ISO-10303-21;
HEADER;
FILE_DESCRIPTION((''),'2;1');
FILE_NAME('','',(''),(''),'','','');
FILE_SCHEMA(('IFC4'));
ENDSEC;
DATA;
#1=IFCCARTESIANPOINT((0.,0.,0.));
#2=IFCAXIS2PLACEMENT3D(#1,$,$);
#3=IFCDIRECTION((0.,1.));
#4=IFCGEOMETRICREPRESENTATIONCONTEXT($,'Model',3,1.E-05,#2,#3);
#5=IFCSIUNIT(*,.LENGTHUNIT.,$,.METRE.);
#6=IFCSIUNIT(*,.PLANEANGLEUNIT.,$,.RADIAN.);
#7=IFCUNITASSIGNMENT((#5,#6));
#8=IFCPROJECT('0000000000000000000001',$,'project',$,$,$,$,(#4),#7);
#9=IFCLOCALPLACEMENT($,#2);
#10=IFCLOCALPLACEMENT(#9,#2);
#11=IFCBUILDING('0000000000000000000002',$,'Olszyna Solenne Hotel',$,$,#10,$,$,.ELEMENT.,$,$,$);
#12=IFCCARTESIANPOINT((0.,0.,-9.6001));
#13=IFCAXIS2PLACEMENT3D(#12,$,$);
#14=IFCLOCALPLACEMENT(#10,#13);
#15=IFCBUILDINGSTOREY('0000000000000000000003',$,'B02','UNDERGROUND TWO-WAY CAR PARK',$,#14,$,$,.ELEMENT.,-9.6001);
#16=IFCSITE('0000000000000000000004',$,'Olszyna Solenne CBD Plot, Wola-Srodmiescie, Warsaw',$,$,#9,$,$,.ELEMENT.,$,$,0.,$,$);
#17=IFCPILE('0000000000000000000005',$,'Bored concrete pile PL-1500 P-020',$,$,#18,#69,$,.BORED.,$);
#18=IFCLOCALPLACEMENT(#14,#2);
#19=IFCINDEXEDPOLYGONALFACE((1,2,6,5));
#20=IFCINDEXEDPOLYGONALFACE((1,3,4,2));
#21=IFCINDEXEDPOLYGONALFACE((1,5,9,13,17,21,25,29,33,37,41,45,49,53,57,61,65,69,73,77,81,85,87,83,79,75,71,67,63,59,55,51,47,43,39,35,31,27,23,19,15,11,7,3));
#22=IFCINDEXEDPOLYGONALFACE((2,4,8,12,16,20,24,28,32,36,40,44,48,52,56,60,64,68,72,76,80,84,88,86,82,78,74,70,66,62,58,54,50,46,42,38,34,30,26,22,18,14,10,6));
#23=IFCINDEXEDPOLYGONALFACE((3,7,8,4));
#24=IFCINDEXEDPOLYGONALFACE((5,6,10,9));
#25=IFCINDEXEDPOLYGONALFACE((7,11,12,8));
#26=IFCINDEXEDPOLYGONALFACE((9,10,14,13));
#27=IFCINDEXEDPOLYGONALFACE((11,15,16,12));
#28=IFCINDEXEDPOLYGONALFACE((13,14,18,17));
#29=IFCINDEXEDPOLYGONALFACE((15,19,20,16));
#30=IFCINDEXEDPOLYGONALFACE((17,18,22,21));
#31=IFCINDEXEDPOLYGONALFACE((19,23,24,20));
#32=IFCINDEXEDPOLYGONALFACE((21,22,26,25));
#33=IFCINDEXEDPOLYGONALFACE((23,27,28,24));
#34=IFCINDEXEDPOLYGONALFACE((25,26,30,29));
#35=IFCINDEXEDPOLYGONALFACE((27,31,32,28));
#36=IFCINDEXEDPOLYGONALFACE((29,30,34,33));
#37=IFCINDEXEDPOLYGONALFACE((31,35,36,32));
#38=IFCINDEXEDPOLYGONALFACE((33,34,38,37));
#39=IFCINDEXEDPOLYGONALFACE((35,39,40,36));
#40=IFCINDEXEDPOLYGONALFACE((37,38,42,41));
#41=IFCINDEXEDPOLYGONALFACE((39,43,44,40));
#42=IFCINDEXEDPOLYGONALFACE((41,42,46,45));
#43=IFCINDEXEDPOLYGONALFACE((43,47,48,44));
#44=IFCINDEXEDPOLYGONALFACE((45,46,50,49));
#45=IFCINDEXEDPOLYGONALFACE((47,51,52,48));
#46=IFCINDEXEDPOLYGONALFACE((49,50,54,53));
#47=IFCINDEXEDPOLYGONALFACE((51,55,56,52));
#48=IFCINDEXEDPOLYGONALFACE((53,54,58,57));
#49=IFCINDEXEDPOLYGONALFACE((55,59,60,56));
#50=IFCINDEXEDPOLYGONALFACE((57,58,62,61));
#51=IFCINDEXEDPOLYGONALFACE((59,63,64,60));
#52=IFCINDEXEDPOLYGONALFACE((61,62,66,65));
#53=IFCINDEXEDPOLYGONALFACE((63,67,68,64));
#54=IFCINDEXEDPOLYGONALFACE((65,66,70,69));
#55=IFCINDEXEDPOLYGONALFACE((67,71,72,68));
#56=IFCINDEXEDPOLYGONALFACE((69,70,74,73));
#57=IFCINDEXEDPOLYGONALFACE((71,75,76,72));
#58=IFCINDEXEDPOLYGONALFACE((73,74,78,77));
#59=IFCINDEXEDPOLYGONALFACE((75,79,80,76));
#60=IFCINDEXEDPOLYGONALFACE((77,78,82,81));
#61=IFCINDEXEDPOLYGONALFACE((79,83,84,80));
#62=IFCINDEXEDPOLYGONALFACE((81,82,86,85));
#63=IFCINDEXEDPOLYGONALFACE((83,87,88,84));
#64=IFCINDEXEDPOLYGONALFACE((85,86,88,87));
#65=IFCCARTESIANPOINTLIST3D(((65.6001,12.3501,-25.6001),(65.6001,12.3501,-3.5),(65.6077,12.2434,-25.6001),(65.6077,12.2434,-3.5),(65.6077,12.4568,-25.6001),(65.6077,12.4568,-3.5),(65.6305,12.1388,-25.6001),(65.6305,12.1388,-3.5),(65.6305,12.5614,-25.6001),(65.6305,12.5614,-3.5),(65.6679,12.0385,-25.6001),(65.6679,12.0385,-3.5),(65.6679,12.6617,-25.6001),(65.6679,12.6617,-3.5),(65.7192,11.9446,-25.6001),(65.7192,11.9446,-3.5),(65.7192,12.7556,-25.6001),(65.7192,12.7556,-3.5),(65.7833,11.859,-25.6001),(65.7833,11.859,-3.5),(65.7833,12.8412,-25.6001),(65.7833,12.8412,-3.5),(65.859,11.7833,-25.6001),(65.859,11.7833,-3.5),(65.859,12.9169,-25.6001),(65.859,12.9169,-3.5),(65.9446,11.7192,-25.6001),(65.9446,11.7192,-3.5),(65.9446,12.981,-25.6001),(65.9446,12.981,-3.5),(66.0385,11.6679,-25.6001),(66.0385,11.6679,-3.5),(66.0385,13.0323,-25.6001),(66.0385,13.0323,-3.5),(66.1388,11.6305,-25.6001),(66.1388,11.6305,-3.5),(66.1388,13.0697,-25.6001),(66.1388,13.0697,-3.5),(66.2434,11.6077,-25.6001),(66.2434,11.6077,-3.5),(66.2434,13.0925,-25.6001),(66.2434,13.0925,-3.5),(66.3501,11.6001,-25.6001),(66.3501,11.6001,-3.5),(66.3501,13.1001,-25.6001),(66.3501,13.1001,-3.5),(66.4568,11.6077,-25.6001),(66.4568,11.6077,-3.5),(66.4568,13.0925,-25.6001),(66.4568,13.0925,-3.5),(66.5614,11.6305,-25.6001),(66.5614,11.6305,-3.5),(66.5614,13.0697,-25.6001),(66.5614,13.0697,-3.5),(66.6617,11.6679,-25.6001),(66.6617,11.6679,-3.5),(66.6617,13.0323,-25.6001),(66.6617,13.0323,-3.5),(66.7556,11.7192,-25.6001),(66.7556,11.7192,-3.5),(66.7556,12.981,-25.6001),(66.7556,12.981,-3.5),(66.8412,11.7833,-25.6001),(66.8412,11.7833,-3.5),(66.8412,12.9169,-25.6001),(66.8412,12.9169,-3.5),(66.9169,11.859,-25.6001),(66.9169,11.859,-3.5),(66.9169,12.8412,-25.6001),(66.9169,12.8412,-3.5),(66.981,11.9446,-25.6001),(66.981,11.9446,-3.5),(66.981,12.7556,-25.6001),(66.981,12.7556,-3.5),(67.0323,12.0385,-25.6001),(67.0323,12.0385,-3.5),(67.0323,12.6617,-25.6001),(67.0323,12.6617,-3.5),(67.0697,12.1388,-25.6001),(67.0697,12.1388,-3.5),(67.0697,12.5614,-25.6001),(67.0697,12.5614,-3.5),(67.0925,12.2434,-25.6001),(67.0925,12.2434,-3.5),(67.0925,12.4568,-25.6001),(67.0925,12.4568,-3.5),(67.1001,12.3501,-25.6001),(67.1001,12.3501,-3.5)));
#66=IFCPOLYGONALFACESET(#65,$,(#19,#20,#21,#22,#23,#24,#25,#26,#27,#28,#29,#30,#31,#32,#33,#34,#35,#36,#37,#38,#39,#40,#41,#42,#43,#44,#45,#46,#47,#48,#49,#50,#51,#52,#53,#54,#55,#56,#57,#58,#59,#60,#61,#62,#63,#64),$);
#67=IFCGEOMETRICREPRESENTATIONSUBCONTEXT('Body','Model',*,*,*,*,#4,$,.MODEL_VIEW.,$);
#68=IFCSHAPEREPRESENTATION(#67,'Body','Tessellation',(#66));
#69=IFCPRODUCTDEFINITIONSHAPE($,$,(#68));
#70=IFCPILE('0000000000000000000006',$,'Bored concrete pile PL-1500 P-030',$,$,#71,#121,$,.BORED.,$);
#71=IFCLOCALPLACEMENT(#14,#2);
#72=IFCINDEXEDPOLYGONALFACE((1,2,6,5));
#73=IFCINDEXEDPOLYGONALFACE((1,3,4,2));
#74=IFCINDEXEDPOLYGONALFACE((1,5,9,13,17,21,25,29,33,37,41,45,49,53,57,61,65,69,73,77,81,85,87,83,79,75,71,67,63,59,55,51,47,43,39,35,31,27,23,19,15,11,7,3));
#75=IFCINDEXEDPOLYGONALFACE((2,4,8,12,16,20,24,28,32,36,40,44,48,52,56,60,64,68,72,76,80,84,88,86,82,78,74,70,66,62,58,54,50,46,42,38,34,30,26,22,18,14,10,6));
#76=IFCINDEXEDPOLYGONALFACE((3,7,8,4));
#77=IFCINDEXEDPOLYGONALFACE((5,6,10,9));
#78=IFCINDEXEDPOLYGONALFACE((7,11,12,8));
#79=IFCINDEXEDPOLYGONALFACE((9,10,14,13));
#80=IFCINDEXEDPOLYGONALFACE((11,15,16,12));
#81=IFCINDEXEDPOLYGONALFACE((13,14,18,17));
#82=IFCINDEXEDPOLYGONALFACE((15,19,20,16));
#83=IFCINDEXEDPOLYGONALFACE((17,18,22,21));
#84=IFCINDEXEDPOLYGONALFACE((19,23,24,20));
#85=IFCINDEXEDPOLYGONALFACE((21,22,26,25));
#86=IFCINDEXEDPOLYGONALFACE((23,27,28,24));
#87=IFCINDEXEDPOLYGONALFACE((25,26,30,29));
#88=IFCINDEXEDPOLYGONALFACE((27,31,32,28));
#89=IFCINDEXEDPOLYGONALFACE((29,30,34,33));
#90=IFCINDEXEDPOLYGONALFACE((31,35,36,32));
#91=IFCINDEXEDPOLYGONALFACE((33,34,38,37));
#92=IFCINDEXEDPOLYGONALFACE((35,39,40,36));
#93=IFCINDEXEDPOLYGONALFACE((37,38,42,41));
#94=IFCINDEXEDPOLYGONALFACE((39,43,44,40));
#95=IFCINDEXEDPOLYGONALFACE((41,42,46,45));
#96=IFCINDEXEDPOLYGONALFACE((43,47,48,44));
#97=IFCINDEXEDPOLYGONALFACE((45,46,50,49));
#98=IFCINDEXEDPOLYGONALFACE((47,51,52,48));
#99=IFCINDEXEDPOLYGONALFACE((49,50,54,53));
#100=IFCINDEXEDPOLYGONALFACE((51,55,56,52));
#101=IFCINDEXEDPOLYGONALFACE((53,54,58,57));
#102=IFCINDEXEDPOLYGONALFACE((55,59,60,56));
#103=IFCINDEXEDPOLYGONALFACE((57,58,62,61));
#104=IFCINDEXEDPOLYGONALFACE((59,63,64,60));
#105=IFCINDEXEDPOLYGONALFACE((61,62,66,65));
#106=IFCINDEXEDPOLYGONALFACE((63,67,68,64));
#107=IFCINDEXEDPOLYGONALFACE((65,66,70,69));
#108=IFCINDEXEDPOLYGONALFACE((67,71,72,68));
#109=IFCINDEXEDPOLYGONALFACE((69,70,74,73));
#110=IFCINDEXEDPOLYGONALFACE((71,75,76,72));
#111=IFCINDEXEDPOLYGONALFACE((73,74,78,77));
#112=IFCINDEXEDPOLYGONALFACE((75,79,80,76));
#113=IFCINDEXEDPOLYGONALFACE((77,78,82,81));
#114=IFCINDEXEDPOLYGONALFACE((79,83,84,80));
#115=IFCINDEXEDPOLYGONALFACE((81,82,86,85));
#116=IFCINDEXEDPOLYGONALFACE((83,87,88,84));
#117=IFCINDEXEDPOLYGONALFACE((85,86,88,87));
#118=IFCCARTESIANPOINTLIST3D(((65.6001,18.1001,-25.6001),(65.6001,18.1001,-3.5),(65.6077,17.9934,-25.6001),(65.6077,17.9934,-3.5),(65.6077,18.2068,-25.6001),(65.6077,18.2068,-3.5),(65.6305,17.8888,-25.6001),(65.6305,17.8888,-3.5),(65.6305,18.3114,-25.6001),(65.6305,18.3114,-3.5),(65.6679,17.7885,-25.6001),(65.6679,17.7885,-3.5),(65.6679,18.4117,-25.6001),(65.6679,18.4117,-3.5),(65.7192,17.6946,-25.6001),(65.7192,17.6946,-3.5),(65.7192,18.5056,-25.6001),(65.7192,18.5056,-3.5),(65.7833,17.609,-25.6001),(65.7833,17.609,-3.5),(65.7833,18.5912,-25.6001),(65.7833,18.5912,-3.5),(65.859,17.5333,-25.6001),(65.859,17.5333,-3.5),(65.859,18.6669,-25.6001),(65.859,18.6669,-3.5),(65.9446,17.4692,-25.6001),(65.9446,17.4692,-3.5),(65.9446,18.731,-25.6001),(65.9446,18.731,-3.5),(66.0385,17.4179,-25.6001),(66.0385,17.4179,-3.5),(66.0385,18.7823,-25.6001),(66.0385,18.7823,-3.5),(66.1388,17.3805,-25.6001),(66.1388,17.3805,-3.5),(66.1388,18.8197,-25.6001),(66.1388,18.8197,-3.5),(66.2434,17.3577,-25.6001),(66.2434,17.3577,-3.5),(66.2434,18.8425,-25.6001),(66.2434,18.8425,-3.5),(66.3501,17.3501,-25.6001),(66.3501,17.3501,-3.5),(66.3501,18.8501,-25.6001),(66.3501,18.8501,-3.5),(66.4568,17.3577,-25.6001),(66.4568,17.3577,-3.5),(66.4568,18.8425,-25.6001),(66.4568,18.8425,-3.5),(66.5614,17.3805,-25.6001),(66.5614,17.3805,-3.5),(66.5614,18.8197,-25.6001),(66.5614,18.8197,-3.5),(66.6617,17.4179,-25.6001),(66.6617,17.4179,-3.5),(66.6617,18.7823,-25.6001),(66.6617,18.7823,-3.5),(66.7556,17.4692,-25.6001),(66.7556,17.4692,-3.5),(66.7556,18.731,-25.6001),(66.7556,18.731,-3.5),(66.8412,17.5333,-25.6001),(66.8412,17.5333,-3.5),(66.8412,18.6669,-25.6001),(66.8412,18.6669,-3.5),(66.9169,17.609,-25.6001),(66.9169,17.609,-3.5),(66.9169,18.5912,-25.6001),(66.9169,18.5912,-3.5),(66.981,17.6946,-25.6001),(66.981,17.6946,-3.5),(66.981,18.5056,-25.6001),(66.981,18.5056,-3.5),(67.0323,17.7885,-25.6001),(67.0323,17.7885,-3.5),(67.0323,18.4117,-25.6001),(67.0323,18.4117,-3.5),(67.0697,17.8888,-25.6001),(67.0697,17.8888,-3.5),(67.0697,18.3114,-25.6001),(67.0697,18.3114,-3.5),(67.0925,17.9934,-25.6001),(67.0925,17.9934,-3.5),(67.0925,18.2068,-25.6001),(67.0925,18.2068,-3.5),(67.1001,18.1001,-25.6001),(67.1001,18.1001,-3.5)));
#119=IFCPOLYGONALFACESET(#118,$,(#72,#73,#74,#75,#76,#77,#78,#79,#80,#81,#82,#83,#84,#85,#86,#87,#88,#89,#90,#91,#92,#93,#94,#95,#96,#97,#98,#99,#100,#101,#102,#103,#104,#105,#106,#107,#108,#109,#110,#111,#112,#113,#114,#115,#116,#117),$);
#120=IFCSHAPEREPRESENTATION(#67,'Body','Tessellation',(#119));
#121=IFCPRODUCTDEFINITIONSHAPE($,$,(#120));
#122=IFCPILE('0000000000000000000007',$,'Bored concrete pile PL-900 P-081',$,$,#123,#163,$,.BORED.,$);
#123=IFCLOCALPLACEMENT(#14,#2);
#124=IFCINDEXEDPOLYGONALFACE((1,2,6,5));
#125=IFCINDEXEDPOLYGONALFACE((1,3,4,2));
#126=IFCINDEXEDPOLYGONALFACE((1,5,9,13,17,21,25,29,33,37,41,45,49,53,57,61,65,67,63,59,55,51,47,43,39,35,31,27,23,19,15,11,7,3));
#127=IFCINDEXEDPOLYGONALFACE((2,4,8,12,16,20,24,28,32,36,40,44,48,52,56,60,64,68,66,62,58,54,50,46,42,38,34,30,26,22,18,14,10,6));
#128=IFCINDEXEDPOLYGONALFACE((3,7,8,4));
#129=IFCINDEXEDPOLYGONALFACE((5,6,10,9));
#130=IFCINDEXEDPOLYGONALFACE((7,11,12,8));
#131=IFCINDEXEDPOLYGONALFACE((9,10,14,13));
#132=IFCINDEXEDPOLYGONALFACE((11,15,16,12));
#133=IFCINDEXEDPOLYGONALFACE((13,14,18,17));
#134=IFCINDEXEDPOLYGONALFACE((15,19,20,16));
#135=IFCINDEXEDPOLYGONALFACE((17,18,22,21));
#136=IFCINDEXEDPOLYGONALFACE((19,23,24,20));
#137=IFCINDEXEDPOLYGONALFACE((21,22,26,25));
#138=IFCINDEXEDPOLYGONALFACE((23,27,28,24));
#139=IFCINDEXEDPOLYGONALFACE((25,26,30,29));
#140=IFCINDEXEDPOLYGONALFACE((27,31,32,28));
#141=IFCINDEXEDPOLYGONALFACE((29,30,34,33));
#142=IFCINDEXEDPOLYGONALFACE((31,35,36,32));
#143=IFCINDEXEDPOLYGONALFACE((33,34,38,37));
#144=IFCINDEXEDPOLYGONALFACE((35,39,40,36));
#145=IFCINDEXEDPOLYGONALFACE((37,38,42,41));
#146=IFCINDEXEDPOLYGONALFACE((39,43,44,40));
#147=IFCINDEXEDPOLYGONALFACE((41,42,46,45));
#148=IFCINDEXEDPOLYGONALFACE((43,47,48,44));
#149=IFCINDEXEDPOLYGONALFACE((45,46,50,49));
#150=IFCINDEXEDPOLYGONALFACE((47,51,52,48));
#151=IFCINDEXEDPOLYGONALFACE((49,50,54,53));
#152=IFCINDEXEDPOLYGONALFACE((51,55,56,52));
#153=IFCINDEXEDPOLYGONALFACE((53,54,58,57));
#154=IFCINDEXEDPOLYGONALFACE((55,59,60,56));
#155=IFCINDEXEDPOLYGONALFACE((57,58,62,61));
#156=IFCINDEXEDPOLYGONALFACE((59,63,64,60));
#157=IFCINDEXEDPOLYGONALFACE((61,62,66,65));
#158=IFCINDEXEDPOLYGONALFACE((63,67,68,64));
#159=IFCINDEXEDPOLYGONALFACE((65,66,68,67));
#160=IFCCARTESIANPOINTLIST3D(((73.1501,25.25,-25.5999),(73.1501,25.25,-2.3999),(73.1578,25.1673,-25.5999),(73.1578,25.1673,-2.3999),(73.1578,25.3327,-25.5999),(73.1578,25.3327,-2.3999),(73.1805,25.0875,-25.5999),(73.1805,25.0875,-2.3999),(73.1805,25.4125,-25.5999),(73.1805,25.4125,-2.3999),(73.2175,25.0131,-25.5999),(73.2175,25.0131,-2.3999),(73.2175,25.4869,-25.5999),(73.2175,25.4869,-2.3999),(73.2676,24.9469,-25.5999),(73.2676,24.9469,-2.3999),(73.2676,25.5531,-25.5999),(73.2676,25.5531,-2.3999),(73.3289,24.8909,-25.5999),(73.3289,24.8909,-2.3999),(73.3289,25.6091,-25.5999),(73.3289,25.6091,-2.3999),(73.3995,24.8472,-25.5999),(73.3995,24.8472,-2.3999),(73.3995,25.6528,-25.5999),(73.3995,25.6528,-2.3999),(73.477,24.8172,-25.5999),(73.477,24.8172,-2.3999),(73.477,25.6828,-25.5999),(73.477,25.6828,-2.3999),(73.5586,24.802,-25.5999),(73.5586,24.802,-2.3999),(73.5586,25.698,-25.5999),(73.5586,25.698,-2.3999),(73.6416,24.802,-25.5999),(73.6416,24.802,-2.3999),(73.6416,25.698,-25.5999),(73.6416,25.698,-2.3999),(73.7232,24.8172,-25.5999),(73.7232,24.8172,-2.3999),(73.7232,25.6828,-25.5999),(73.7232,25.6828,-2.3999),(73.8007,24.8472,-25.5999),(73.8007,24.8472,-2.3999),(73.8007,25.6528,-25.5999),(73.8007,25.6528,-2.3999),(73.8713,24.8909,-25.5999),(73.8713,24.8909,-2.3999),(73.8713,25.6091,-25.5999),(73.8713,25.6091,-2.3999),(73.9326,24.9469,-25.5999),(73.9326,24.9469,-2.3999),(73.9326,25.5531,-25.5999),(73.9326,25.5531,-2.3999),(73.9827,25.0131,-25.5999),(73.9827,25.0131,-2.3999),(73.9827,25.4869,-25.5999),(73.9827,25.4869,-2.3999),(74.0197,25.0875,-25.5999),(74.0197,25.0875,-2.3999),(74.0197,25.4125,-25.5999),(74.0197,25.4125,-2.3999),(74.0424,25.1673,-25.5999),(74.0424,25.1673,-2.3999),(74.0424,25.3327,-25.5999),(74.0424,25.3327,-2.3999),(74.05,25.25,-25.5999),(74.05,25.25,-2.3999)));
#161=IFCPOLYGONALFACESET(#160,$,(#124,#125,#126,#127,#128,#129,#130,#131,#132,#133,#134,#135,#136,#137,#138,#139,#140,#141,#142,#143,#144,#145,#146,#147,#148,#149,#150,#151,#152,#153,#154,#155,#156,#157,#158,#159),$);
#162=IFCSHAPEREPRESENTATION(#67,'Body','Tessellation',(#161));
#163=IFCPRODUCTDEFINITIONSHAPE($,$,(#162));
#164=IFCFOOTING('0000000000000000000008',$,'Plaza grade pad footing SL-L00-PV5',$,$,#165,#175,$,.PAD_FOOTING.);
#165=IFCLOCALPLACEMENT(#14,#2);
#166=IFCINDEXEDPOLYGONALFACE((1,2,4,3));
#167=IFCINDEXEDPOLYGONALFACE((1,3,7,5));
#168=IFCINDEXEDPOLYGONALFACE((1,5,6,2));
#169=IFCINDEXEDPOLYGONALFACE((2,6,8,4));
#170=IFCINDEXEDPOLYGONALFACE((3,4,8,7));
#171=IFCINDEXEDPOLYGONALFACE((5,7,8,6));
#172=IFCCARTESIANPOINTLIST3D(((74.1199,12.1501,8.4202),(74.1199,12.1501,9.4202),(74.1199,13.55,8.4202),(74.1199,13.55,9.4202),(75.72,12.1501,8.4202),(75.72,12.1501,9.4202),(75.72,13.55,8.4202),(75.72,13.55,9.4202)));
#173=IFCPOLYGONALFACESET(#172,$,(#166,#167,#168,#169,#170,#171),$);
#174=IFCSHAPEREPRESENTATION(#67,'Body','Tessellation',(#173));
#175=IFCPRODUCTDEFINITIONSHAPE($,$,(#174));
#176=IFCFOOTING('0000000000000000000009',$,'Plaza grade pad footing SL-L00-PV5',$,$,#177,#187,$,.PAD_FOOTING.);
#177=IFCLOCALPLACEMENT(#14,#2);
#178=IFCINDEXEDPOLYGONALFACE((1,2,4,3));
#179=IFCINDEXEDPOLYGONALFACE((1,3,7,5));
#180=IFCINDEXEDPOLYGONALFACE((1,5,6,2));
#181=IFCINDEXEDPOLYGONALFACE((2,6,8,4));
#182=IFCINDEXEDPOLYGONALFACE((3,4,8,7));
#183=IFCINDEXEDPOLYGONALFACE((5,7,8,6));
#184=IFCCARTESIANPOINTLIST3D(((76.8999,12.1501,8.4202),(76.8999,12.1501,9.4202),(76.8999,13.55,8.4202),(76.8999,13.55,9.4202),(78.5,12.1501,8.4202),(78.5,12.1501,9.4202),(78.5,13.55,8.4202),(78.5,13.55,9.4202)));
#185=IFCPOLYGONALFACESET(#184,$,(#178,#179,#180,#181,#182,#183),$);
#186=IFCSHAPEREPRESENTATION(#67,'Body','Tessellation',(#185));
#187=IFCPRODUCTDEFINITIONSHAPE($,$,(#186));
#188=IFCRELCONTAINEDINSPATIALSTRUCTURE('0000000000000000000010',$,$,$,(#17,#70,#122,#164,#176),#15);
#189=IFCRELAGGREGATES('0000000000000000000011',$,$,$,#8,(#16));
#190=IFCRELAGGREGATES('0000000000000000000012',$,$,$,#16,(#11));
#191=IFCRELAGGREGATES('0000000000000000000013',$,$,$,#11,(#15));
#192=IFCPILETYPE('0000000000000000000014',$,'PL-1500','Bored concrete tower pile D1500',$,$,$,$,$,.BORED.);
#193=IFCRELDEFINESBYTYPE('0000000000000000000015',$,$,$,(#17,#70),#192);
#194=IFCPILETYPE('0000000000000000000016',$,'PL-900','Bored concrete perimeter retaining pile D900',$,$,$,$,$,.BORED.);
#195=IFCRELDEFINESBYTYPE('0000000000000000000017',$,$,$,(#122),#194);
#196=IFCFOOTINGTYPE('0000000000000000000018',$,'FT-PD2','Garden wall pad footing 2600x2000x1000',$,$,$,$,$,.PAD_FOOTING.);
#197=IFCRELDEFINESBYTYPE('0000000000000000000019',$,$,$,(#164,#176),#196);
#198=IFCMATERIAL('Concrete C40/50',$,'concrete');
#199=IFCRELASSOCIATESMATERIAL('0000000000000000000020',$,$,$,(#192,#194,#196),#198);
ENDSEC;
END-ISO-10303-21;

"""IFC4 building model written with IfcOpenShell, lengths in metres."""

from ifc_helpers import new_model, si_unit, direction, frame, origin, origin_2d, place, context, subcontext, project, spatial, rectangle, circle, extrude, source, transform, mapped, material, material_profile, profile_set, type_object, element, save


model = new_model("IFC4")

# Units and contexts
model_context = context("Model", 3, precision=1e-05, world=origin(), true_north=direction((0.0, 1.0)))
body_context = subcontext(model_context, "Body", "Model", "MODEL_VIEW")
ifc_project = project(units=[si_unit("LENGTHUNIT", "METRE"), si_unit("PLANEANGLEUNIT", "RADIAN")], contexts=[model_context])

# Site, building, storey
site_placement = place(None, origin())
site = spatial("IfcSite", under=ifc_project, at=site_placement, Name="Olszyna Solenne CBD Plot, Wola-Srodmiescie, Warsaw", CompositionType="ELEMENT", RefElevation=0.0)
building_placement = place(site_placement, origin())
building = spatial("IfcBuilding", under=site, at=building_placement, Name="Olszyna Solenne Hotel", CompositionType="ELEMENT")
storey_placement = place(building_placement, frame((0.0, 0.0, -9.6001)))
storey = spatial("IfcBuildingStorey", under=building, at=storey_placement, Name="B02", Description="UNDERGROUND TWO-WAY CAR PARK", CompositionType="ELEMENT", Elevation=-9.6001)

# Shared definitions
ifc_material_1 = material(Name="Concrete C40/50", Category="concrete")

# Piles
ifc_material_profile_1 = material_profile(ifc_material_1, circle(Radius=0.75, at=origin_2d()), Name="BORED PILE 1500", Category="load-bearing")
ifc_profile_set_1 = profile_set([ifc_material_profile_1], Name="Concrete C40/50")
pile_type_1 = type_object("IfcPileType", Name="PL-1500", Description="Bored concrete tower pile D1500", PredefinedType="BORED", material=ifc_profile_set_1)
shared_shape_1 = source(origin(), body_context, "Body", "SweptSolid", [
    extrude(circle(Radius=0.75, at=origin_2d()), origin(), (0.0, 0.0, 1.0), 22.1001),
])
for number, where, z_axis, x_axis, name in (
    (1, (66.3501, 12.3501, -3.5), (0.0, 0.0, -1.0), (1.0, 0.0, 0.0), "Bored concrete pile PL-1500 P-020"),
    (2, (66.3501, 18.1001, -3.5), (0.0, 0.0, -1.0), (1.0, 0.0, 0.0), "Bored concrete pile PL-1500 P-030"),
):
    element("IfcPile", number, at=place(storey_placement, frame(where, z_axis=z_axis, x_axis=x_axis)), inside=storey, type_object=pile_type_1, Name=name, PredefinedType="BORED", context=body_context, shape_type="MappedRepresentation", body=[
        mapped(shared_shape_1, transform((0.0, 0.0, 0.0), x_axis=(1.0, 0.0, 0.0), y_axis=(0.0, 1.0, 0.0), z_axis=(0.0, 0.0, 1.0), scale=1.0)),
    ])
ifc_material_profile_2 = material_profile(ifc_material_1, circle(Radius=0.45, at=origin_2d()), Name="BORED PILE 900", Category="load-bearing")
ifc_profile_set_2 = profile_set([ifc_material_profile_2], Name="Concrete C40/50")
pile_type_2 = type_object("IfcPileType", Name="PL-900", Description="Bored concrete perimeter retaining pile D900", PredefinedType="BORED", material=ifc_profile_set_2)
shared_shape_2 = source(origin(), body_context, "Body", "SweptSolid", [
    extrude(circle(Radius=0.45, at=origin_2d()), origin(), (0.0, 0.0, 1.0), 23.2),
])
pile_1_placement = place(storey_placement, frame((73.6001, 25.25, -2.3999), z_axis=(0.0, 0.0, -1.0), x_axis=(1.0, 0.0, 0.0)))
element("IfcPile", 3, at=pile_1_placement, inside=storey, type_object=pile_type_2, Name="Bored concrete pile PL-900 P-081", PredefinedType="BORED", context=body_context, shape_type="MappedRepresentation", body=[
    mapped(shared_shape_2, transform((0.0, 0.0, 0.0), x_axis=(1.0, 0.0, 0.0), y_axis=(0.0, 1.0, 0.0), z_axis=(0.0, 0.0, 1.0), scale=1.0)),
])

# Footings
footing_type_1 = type_object("IfcFootingType", Name="FT-PD2", Description="Garden wall pad footing 2600x2000x1000", PredefinedType="PAD_FOOTING", material=ifc_material_1)
shared_shape_3 = source(origin(), body_context, "Body", "SweptSolid", [
    extrude(rectangle(XDim=1.6001, YDim=1.3999, at=origin_2d()), origin(), (0.0, 0.0, 1.0), 1.0),
])
for number, where, z_axis, x_axis, name in (
    (4, (74.9199, 12.8501, 8.4202), (0.0, 0.0, 1.0), (1.0, 0.0, 0.0), "Plaza grade pad footing SL-L00-PV5"),
    (5, (77.7, 12.8501, 8.4202), (0.0, 0.0, 1.0), (1.0, 0.0, 0.0), "Plaza grade pad footing SL-L00-PV5"),
):
    element("IfcFooting", number, at=place(storey_placement, frame(where, z_axis=z_axis, x_axis=x_axis)), inside=storey, type_object=footing_type_1, Name=name, PredefinedType="PAD_FOOTING", context=body_context, shape_type="MappedRepresentation", body=[
        mapped(shared_shape_3, transform((0.0, 0.0, 0.0), x_axis=(1.0, 0.0, 0.0), y_axis=(0.0, 1.0, 0.0), z_axis=(0.0, 0.0, 1.0), scale=1.0)),
    ])

save(model, "model.ifc")
